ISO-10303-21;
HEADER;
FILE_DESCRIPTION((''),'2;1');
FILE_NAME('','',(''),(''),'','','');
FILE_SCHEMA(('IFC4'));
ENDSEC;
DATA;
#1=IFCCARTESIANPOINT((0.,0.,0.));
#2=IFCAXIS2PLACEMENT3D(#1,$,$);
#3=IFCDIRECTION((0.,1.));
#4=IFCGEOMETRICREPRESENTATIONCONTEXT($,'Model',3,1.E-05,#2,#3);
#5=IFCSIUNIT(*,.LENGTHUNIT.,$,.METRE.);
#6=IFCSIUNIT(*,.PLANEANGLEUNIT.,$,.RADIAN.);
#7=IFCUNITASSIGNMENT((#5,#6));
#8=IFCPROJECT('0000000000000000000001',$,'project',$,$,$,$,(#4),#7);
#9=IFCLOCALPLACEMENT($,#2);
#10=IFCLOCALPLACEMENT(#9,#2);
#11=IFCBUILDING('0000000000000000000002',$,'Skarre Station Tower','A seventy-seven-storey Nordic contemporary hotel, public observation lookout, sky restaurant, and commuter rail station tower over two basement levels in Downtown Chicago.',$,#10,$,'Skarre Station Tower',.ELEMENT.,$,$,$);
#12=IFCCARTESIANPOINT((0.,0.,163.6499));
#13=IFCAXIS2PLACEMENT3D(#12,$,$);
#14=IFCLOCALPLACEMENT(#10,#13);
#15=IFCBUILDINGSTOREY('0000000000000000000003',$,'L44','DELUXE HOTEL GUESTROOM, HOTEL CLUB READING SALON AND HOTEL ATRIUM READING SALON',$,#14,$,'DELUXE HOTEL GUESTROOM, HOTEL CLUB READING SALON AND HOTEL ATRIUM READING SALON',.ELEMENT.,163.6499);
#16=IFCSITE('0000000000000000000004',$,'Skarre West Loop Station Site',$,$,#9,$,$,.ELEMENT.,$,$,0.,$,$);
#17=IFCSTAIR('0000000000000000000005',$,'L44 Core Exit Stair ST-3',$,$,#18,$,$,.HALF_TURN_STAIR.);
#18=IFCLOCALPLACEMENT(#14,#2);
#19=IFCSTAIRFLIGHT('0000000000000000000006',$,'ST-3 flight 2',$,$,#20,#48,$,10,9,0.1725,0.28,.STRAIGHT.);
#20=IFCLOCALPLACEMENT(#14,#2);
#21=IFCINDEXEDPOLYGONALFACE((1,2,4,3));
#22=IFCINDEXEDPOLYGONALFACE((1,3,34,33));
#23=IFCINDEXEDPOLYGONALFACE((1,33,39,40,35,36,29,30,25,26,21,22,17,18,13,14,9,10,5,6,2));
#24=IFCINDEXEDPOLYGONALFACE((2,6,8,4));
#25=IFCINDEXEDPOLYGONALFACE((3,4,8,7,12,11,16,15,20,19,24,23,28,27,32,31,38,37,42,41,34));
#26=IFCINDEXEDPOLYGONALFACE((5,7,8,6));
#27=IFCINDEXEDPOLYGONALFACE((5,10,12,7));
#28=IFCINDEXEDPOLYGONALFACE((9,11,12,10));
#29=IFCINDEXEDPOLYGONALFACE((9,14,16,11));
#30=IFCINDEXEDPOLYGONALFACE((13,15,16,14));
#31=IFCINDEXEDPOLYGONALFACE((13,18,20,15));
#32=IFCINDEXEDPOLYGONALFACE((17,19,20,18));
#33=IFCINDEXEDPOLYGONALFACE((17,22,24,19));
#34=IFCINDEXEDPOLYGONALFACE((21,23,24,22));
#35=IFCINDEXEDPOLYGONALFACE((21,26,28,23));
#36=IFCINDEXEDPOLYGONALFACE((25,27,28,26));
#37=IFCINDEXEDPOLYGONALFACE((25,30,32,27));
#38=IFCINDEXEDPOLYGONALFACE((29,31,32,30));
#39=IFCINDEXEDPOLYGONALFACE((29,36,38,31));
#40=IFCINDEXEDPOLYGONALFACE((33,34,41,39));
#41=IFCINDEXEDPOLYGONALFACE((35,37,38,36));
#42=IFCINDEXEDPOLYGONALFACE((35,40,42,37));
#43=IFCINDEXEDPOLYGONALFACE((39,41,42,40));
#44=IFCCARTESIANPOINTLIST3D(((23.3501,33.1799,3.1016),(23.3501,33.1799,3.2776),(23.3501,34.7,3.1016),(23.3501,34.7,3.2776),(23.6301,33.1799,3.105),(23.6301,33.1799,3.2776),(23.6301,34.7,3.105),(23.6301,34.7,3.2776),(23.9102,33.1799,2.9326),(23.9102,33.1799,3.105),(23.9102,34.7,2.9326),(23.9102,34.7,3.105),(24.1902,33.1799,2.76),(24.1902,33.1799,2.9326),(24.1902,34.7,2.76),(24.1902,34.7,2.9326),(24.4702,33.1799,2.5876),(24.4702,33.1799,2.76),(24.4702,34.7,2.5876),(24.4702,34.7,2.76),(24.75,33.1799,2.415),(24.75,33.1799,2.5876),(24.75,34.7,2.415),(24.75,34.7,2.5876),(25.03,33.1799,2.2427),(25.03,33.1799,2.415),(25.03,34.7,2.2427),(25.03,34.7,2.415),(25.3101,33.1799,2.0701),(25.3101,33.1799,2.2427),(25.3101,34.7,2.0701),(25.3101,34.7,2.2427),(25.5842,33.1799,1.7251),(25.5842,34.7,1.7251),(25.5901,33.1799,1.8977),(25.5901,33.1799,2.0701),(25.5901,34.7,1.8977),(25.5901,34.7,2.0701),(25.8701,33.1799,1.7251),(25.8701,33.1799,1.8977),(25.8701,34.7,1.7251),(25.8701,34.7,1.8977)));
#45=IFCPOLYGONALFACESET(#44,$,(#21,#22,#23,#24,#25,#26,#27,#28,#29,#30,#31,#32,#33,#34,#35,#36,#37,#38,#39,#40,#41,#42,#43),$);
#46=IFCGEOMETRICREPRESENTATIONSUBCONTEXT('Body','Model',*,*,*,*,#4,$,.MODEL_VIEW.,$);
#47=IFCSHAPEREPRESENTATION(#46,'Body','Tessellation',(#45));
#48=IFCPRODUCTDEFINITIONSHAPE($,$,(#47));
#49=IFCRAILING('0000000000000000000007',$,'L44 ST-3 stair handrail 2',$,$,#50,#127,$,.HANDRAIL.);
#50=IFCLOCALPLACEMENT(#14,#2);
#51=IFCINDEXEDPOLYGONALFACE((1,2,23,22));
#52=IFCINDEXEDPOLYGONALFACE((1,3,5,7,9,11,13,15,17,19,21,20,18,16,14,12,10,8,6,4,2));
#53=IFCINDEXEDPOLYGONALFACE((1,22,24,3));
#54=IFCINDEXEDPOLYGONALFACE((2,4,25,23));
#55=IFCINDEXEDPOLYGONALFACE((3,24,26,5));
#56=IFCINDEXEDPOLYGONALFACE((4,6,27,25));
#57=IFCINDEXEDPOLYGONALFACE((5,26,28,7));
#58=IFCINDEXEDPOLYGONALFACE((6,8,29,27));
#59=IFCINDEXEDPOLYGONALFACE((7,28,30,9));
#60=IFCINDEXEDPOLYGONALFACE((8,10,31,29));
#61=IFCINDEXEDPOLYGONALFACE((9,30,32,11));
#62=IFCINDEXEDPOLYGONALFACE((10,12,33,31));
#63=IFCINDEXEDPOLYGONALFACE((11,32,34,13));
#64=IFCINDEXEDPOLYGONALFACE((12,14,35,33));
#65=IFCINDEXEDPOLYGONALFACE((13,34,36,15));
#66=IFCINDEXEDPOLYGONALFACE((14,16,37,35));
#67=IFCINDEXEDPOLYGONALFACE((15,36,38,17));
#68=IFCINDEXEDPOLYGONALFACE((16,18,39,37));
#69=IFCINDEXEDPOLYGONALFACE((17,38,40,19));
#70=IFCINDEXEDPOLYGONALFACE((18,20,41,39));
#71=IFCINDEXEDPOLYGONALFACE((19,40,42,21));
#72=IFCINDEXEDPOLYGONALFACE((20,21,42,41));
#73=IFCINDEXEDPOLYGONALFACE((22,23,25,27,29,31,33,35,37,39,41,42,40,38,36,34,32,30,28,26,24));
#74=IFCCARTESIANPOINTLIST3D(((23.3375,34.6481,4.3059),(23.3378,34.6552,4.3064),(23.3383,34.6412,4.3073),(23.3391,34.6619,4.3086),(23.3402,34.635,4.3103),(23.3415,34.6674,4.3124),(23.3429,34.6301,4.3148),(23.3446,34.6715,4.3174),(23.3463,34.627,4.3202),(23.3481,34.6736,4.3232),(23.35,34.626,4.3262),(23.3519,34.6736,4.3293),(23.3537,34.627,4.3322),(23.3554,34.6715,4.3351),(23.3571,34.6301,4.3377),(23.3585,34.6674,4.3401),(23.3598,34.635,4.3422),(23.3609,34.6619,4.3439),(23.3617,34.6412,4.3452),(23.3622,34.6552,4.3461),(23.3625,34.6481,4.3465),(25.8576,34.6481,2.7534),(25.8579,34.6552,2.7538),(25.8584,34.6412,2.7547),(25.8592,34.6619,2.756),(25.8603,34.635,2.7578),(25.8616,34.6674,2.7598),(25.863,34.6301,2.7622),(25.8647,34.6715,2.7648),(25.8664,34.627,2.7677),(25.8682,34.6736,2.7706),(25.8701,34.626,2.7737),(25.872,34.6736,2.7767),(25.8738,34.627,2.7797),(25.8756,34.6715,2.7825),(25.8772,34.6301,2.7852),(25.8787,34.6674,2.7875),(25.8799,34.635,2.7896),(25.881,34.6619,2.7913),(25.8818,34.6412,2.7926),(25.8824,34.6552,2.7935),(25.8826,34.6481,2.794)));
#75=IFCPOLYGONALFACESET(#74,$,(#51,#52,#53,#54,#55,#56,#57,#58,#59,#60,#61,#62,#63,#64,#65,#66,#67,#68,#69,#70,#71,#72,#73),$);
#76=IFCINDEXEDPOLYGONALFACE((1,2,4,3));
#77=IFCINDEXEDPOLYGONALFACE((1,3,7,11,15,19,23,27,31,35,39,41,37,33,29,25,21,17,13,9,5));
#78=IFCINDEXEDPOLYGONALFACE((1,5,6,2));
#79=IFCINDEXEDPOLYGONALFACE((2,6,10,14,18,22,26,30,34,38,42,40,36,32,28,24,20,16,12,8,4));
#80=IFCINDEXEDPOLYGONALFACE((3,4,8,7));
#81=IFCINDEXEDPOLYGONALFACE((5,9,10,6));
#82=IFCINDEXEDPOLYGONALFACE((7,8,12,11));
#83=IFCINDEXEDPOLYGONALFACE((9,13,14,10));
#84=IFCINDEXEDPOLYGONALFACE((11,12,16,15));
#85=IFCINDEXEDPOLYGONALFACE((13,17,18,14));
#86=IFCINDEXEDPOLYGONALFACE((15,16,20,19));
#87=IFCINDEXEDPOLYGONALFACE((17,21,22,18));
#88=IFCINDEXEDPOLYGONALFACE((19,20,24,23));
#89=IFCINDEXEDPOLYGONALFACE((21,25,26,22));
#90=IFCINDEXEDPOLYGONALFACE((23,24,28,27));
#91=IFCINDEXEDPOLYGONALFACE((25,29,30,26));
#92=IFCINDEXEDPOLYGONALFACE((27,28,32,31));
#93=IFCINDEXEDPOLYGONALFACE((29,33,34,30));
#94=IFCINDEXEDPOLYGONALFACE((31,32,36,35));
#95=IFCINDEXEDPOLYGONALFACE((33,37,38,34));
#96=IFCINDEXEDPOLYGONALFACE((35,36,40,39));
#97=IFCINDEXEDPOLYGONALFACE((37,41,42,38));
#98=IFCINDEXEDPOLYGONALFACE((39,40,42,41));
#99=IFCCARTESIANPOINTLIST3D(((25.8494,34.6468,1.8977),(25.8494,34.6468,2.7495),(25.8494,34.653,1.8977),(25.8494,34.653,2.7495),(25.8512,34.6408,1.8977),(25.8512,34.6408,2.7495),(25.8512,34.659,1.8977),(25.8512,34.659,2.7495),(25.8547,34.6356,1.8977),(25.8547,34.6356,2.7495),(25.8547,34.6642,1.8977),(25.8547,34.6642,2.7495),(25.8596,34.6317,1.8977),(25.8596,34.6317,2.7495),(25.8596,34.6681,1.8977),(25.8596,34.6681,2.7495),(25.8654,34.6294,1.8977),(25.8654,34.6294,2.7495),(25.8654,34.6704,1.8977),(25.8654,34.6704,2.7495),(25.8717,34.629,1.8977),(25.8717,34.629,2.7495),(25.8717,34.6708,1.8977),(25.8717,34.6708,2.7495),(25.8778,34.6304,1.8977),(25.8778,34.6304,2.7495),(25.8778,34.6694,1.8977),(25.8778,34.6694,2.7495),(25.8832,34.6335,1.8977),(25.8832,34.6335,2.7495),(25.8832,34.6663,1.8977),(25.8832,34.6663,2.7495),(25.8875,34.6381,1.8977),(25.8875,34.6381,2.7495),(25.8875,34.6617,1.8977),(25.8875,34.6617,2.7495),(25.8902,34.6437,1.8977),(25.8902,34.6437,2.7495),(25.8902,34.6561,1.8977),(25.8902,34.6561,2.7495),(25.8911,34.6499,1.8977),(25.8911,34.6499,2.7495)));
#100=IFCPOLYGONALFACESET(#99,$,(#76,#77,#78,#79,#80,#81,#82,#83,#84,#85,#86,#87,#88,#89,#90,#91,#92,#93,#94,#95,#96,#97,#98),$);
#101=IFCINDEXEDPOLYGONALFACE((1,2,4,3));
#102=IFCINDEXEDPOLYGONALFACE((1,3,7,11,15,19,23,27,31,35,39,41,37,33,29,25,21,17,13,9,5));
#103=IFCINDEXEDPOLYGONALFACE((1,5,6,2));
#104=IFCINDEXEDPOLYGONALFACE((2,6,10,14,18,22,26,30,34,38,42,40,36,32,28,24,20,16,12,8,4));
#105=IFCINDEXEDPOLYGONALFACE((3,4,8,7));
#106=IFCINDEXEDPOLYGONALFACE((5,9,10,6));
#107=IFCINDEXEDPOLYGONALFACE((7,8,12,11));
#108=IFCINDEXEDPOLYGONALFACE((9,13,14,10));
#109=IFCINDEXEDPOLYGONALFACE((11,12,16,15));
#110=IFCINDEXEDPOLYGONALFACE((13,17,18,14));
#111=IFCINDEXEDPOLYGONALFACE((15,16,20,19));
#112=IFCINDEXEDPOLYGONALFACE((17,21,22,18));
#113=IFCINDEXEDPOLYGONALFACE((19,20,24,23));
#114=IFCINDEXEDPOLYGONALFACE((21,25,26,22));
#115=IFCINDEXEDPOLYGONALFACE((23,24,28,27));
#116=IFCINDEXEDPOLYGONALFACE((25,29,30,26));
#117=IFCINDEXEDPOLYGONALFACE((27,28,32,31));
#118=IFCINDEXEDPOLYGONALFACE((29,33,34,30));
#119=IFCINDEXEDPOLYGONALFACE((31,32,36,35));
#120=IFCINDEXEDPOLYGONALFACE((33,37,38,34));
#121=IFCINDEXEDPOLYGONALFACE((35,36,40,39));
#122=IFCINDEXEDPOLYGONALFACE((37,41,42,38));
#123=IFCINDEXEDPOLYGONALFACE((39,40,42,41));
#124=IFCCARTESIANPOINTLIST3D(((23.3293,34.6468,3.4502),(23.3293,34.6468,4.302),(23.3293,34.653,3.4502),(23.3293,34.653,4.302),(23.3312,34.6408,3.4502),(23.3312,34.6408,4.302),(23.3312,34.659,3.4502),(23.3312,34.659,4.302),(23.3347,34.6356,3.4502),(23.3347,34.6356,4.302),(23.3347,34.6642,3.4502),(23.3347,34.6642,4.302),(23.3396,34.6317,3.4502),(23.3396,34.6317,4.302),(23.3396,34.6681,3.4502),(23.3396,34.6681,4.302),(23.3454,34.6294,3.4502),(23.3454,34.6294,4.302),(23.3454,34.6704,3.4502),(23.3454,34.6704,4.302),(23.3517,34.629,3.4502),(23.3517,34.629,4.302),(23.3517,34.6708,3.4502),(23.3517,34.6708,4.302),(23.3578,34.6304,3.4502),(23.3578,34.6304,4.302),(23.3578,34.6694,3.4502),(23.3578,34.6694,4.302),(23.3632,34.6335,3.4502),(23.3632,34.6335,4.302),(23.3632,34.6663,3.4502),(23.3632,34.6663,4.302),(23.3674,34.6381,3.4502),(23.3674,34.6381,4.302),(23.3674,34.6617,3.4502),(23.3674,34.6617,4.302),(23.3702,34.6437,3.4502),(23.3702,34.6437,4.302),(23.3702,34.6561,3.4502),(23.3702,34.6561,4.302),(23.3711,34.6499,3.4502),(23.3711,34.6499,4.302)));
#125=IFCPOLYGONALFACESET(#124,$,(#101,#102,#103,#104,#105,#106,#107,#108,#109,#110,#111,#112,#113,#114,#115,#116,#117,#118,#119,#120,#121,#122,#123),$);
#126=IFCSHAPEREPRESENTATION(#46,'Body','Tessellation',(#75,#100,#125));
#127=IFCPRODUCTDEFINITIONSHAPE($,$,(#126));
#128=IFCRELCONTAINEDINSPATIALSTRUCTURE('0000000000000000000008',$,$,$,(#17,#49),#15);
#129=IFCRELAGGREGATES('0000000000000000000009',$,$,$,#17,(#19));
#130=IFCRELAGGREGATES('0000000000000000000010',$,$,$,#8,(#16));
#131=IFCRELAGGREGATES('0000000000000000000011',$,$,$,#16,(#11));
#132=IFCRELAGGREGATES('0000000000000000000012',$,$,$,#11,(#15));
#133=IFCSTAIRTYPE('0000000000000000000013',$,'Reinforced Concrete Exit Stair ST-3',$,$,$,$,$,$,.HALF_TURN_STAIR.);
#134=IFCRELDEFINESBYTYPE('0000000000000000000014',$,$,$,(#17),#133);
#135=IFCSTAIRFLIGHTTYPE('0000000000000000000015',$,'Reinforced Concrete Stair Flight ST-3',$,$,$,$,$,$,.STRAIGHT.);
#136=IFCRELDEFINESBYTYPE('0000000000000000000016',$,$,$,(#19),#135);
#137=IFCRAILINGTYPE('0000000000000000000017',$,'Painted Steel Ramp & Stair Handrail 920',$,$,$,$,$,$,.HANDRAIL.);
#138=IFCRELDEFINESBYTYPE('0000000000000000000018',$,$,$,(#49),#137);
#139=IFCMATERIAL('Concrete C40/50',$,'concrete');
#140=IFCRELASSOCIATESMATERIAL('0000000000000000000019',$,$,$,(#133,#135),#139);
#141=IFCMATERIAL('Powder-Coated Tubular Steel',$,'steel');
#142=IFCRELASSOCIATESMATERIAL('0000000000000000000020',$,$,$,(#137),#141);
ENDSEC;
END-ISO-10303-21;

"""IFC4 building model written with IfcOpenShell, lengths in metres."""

from ifc_helpers import new_model, si_unit, direction, frame, origin, origin_2d, place, context, subcontext, project, spatial, polyline, circle, outline, extrude, material, type_object, element, aggregate, save


model = new_model("IFC4")

# Units and contexts
model_context = context("Model", 3, precision=1e-05, world=origin(), true_north=direction((0.0, 1.0)))
body_context = subcontext(model_context, "Body", "Model", "MODEL_VIEW")
ifc_project = project(units=[si_unit("LENGTHUNIT", "METRE"), si_unit("PLANEANGLEUNIT", "RADIAN")], contexts=[model_context])

# Site, building, storey
site_placement = place(None, origin())
site = spatial("IfcSite", under=ifc_project, at=site_placement, Name="Skarre West Loop Station Site", CompositionType="ELEMENT", RefElevation=0.0)
building_placement = place(site_placement, origin())
building = spatial("IfcBuilding", under=site, at=building_placement, Name="Skarre Station Tower", Description="A seventy-seven-storey Nordic contemporary hotel, public observation lookout, sky restaurant, and commuter rail station tower over two basement levels in Downtown Chicago.", LongName="Skarre Station Tower", CompositionType="ELEMENT")
storey_placement = place(building_placement, frame((0.0, 0.0, 163.6499)))
storey = spatial("IfcBuildingStorey", under=building, at=storey_placement, Name="L44", Description="DELUXE HOTEL GUESTROOM, HOTEL CLUB READING SALON AND HOTEL ATRIUM READING SALON", LongName="DELUXE HOTEL GUESTROOM, HOTEL CLUB READING SALON AND HOTEL ATRIUM READING SALON", CompositionType="ELEMENT", Elevation=163.6499)

# Stair, stair flight
ifc_material_1 = material(Name="Concrete C40/50", Category="concrete")
stair_type = type_object("IfcStairType", Name="Reinforced Concrete Exit Stair ST-3", PredefinedType="HALF_TURN_STAIR", material=ifc_material_1)
stair_placement = place(storey_placement, origin())
stair = element("IfcStair", 1, at=stair_placement, inside=storey, type_object=stair_type, Name="L44 Core Exit Stair ST-3", PredefinedType="HALF_TURN_STAIR")
stair_flight_type = type_object("IfcStairFlightType", Name="Reinforced Concrete Stair Flight ST-3", PredefinedType="STRAIGHT", material=ifc_material_1)
stair_flight_placement = place(storey_placement, frame((25.8701, 33.9399, 1.7251), z_axis=(0.0, 0.0, 1.0), x_axis=(-1.0, 0.0, 0.0)))
stair_flight = element("IfcStairFlight", 2, at=stair_flight_placement, type_object=stair_flight_type, Name="ST-3 flight 2", NumberOfRisers=10, NumberOfTreads=9, PredefinedType="STRAIGHT", RiserHeight=0.1725, TreadLength=0.28, context=body_context, shape_type="SweptSolid", body=[
    extrude(outline(polyline([(0.0, 0.0), (0.0, 0.1726), (0.28, 0.1726), (0.28, 0.345), (0.5601, 0.345), (0.5601, 0.5176), (0.8401, 0.5176), (0.8401, 0.6899), (1.1201, 0.6899), (1.1201, 0.8625), (1.3999, 0.8625), (1.3999, 1.0349), (1.6799, 1.0349), (1.6799, 1.2075), (1.96, 1.2075), (1.96, 1.3799), (2.24, 1.3799), (2.24, 1.5525), (2.52, 1.5525), (2.52, 1.7251), (2.52, 1.3765), (0.2859, 0.0), (0.0, 0.0)])), frame((0.0, 0.76, 0.0), z_axis=(0.0, -1.0, 0.0), x_axis=(1.0, 0.0, 0.0)), (0.0, 0.0, 1.0), 1.52),
])
aggregate(stair, [stair_flight])

# Railing
ifc_material_2 = material(Name="Powder-Coated Tubular Steel", Category="steel")
railing_type_1 = type_object("IfcRailingType", Name="Painted Steel Ramp & Stair Handrail 920", PredefinedType="HANDRAIL", material=ifc_material_2)
railing_1_placement = place(storey_placement, frame((25.8701, 34.6499, 1.8977)))
element("IfcRailing", 3, at=railing_1_placement, inside=storey, type_object=railing_type_1, Name="L44 ST-3 stair handrail 2", PredefinedType="HANDRAIL", context=body_context, shape_type="SweptSolid", body=[
    extrude(circle(Radius=0.0239, at=origin_2d()), frame((0.0, 0.0, 0.876), z_axis=(-0.8514, 0.0, 0.524516), x_axis=(0.0, -1.0, 0.0)), (0.0, 0.0, 1.0), 2.96),
    extrude(circle(Radius=0.021, at=origin_2d()), origin(), (0.0, 0.0, 1.0), 0.8518),
    extrude(circle(Radius=0.021, at=origin_2d()), frame((-2.52, 0.0, 1.5525)), (0.0, 0.0, 1.0), 0.8518),
])

save(model, "model.ifc")
